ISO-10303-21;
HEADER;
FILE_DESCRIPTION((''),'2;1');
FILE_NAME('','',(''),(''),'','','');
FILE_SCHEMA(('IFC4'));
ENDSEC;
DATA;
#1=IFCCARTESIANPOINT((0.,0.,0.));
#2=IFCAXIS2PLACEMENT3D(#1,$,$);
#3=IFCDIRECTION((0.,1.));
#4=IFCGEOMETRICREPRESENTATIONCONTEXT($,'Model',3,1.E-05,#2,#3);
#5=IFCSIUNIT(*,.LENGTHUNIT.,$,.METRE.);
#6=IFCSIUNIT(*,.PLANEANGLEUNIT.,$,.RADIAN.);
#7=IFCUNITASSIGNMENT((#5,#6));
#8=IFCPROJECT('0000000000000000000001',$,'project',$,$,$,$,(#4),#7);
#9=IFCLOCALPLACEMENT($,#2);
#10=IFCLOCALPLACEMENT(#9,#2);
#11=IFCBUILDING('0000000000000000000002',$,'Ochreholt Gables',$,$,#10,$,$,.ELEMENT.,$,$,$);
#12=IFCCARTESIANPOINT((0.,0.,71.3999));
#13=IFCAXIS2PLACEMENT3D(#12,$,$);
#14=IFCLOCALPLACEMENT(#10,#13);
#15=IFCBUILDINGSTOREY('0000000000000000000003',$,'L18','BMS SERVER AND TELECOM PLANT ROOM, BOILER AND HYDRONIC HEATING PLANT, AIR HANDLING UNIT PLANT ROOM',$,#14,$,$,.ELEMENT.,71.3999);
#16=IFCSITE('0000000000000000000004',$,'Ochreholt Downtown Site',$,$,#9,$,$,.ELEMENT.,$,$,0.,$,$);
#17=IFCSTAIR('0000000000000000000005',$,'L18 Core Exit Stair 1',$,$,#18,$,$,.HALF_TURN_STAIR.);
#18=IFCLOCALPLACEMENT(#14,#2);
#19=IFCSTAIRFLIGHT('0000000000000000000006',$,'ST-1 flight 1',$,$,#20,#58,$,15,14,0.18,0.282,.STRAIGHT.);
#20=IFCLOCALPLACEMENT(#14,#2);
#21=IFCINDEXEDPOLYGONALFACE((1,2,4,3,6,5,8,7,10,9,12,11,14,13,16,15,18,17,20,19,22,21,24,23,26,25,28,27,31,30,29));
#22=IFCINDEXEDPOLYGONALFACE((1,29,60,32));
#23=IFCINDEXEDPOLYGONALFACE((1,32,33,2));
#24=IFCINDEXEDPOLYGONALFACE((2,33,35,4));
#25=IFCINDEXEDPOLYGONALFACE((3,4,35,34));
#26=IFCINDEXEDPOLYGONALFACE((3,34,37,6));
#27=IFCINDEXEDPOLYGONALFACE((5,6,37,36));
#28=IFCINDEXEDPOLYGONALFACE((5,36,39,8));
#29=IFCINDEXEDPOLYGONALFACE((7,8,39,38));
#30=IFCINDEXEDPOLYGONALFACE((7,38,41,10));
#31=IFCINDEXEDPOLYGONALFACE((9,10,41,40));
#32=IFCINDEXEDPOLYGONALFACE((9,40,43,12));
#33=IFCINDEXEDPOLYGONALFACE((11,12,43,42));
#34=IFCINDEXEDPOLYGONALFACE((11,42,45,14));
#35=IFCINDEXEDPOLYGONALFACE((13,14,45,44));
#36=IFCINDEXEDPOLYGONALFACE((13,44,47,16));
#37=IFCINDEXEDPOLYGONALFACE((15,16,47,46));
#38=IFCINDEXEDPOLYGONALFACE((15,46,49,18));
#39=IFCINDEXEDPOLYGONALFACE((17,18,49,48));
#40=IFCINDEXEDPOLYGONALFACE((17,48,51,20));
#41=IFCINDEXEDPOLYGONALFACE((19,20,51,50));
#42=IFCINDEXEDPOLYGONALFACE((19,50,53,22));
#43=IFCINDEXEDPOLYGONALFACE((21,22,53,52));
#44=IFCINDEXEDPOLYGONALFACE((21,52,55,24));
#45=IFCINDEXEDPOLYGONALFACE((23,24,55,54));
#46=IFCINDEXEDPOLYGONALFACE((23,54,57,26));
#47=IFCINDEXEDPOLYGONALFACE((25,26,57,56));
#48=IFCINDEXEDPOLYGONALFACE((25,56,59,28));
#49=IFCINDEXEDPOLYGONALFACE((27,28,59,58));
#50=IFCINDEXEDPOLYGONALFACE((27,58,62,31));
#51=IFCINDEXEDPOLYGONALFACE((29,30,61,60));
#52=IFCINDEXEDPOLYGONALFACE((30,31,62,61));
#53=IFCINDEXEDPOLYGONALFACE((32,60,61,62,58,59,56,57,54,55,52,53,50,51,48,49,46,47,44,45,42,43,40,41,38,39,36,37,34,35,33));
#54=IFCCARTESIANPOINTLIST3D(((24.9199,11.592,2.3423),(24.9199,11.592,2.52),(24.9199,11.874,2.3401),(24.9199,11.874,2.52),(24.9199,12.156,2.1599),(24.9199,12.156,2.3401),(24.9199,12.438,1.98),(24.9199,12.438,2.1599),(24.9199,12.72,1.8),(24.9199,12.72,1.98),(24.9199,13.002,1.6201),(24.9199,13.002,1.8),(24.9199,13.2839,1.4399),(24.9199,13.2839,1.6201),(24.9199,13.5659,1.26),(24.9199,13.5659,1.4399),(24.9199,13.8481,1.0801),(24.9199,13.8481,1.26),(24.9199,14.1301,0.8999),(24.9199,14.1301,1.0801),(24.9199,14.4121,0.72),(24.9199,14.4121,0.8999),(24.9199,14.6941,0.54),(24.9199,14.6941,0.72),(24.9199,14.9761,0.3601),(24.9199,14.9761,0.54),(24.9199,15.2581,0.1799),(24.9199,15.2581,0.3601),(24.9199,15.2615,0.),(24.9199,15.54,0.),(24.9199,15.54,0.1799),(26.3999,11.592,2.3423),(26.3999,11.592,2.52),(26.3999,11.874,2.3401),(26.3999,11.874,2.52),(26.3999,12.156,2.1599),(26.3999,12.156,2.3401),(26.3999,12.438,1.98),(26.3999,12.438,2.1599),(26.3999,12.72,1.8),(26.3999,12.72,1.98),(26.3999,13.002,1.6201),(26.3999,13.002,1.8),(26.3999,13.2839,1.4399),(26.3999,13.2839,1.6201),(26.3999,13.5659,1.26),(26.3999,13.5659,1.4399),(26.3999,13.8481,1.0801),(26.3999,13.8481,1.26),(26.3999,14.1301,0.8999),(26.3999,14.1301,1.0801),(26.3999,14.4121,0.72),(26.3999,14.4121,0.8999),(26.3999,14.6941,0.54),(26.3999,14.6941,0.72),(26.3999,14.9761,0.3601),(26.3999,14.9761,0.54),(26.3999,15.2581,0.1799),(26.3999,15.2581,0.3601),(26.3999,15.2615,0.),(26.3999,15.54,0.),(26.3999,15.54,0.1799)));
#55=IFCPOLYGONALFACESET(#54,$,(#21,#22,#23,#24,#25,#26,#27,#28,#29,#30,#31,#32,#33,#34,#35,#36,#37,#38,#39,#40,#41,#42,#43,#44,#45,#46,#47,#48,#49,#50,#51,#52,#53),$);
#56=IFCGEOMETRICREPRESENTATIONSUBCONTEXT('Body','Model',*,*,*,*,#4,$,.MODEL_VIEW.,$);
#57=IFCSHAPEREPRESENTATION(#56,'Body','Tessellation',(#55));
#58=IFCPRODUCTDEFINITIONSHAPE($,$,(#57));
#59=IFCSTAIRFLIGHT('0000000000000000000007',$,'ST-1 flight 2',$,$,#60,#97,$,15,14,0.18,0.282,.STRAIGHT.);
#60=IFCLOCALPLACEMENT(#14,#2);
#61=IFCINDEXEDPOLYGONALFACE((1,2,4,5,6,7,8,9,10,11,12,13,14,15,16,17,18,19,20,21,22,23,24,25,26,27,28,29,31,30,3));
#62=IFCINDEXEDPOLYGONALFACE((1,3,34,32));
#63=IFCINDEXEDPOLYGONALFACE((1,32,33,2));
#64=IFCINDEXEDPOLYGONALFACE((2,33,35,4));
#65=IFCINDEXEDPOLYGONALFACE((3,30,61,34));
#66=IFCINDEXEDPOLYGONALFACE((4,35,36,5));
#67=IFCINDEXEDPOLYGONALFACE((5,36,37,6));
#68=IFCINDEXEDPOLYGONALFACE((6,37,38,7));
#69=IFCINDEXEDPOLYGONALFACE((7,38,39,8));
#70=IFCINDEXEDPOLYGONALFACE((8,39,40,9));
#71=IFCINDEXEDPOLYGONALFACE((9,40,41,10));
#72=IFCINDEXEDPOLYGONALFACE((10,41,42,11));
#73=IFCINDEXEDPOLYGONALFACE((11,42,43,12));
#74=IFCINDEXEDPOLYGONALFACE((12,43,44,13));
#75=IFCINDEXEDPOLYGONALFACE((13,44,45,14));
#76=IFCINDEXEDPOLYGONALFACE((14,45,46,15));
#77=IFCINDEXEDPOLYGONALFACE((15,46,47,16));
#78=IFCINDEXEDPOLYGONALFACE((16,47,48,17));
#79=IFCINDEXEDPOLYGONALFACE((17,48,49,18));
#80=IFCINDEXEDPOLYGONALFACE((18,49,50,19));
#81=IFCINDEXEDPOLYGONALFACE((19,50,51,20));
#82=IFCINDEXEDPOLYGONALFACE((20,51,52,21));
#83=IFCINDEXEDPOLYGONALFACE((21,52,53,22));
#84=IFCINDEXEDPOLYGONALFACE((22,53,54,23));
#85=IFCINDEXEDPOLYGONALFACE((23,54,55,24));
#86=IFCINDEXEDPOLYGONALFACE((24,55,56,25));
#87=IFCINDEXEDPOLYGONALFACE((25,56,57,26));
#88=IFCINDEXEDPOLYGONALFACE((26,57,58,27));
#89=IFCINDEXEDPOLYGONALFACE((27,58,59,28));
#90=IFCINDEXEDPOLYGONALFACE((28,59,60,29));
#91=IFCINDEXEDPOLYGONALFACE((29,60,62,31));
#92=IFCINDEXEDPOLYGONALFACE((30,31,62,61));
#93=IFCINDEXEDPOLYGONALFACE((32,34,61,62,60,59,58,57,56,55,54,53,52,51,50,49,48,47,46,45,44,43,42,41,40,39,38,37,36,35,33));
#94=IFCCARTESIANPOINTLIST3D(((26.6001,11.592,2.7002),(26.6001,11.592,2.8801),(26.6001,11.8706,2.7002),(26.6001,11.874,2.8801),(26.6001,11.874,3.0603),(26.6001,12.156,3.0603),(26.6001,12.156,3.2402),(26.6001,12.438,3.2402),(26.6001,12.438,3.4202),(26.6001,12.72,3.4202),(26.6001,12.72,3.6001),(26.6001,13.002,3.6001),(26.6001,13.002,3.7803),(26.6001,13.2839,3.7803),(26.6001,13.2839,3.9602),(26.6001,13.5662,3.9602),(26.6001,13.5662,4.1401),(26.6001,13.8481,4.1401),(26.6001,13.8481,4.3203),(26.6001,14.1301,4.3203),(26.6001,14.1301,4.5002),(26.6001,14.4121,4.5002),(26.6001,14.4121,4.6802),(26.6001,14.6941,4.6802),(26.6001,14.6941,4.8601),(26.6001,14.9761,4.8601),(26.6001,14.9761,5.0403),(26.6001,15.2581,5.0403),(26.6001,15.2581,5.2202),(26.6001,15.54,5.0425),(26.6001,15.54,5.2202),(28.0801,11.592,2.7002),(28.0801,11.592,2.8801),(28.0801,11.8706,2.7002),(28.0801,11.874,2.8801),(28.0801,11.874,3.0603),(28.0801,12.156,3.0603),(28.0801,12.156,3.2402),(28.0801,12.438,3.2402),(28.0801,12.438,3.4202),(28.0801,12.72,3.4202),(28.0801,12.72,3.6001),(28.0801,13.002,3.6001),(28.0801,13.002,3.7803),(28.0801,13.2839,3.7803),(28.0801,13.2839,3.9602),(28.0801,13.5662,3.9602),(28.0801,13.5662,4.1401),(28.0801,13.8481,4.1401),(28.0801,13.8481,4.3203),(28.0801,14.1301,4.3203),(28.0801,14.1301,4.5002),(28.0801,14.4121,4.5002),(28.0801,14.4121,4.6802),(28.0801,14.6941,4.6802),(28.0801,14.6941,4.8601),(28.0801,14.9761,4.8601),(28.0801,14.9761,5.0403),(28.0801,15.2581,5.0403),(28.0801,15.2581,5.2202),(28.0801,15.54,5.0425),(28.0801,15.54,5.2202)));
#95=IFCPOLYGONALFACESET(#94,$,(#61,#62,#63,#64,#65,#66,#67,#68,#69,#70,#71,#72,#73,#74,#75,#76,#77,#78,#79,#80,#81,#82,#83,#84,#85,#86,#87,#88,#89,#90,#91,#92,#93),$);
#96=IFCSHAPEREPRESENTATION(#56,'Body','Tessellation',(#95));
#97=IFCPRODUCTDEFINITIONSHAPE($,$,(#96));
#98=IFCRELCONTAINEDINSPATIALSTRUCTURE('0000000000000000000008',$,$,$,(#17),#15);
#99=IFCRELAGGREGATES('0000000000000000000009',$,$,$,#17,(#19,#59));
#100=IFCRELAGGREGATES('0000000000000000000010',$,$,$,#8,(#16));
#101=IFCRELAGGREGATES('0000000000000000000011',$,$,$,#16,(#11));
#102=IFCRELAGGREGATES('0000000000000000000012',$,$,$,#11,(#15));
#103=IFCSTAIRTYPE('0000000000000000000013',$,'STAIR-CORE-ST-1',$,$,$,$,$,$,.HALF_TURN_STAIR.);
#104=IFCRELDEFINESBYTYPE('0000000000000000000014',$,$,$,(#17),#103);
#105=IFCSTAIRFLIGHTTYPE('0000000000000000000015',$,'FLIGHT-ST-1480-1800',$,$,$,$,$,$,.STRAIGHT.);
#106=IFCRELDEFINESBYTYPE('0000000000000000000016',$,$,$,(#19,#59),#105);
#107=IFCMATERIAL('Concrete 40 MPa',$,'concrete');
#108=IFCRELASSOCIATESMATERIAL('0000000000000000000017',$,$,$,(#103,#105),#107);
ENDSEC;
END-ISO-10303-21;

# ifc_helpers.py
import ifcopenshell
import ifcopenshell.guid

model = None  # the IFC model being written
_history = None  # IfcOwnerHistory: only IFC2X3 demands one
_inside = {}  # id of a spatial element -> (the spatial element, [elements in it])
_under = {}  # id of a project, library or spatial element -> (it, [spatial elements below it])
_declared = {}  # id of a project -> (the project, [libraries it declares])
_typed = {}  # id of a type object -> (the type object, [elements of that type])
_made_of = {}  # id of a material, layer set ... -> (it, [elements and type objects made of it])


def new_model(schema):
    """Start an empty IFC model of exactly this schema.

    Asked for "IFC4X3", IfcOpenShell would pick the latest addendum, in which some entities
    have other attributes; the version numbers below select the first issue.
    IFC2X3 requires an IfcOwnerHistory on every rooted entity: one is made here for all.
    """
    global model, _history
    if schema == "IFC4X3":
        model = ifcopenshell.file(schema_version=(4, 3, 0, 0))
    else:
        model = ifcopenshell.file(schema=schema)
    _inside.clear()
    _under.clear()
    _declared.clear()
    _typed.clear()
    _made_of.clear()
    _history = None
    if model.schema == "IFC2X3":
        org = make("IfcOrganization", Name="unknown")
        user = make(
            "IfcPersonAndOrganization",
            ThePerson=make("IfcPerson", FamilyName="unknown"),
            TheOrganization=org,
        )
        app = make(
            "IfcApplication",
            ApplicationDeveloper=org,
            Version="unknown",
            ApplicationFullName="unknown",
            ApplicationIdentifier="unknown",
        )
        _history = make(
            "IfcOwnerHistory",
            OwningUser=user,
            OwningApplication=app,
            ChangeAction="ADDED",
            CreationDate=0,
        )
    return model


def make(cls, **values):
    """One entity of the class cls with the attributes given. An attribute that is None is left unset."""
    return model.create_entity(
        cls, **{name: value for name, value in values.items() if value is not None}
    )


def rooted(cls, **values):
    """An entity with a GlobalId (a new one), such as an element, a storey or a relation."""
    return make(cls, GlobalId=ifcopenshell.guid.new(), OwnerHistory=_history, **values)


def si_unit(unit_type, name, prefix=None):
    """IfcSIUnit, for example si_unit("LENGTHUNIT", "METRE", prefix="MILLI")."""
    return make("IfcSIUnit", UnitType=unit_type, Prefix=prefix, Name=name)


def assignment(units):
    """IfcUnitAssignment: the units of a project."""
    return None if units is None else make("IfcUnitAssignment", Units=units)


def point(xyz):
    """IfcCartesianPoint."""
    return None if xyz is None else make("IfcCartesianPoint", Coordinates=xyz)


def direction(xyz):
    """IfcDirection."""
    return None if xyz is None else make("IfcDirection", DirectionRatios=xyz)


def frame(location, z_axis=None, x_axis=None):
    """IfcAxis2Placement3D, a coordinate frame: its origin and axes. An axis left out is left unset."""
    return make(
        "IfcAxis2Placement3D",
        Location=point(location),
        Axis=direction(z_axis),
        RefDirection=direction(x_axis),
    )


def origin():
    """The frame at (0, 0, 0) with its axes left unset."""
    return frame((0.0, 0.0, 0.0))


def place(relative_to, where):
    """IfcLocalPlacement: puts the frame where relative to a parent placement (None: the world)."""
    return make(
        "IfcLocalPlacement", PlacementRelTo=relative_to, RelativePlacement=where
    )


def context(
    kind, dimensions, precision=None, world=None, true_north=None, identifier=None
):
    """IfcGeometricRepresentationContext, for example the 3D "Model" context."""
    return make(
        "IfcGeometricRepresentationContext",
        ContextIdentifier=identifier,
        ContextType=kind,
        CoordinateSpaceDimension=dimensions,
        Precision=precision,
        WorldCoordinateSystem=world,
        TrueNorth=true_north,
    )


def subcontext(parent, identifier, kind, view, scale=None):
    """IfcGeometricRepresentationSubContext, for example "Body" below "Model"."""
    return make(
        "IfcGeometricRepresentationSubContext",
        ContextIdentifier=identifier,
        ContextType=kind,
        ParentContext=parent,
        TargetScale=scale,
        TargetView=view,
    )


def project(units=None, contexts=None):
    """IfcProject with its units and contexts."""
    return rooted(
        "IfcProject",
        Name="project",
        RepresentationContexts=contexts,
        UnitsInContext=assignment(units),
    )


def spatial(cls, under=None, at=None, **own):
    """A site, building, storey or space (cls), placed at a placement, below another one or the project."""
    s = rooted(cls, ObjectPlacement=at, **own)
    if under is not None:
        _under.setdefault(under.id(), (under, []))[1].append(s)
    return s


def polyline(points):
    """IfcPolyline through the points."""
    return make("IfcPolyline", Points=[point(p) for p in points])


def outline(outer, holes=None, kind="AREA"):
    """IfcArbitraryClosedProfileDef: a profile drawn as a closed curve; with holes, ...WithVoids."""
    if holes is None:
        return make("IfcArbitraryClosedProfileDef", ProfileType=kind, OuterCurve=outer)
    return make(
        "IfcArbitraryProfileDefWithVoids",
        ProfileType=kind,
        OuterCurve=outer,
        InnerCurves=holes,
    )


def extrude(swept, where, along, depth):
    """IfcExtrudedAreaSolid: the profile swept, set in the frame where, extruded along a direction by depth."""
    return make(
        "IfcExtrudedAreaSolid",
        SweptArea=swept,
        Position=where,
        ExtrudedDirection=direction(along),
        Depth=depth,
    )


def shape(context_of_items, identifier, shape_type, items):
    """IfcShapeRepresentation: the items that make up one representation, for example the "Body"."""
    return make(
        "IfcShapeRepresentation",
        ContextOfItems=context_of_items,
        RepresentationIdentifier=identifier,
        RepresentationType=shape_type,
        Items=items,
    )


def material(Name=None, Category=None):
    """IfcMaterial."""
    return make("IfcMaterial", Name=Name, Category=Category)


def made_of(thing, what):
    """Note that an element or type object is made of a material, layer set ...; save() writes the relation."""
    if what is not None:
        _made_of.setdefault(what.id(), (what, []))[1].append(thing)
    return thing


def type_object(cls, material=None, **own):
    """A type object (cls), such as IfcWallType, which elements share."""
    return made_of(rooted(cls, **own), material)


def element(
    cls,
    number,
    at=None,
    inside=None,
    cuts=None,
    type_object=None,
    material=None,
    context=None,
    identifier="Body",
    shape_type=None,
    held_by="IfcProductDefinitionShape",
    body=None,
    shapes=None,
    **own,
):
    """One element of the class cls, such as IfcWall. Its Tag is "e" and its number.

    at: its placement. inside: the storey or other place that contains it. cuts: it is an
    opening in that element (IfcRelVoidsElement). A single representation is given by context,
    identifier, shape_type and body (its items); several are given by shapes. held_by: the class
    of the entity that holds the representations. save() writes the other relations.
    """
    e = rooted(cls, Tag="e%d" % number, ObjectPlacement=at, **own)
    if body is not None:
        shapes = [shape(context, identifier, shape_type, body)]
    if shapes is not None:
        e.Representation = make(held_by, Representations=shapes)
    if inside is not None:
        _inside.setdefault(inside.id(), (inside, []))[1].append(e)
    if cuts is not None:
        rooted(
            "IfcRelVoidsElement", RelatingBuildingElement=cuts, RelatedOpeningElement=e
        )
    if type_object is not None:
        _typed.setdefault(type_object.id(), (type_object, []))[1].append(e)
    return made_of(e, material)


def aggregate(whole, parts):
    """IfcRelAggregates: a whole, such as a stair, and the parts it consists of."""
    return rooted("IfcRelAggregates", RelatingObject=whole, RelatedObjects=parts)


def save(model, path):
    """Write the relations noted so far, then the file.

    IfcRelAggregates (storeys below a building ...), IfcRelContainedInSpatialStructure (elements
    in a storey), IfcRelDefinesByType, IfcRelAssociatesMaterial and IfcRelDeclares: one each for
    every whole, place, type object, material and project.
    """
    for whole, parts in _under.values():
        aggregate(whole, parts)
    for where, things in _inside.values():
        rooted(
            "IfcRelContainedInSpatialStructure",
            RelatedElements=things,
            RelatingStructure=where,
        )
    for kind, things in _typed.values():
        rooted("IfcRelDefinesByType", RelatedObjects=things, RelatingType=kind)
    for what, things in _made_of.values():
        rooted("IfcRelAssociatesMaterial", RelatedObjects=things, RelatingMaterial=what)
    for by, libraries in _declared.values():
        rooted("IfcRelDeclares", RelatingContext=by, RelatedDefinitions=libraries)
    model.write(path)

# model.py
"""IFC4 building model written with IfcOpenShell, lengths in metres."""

from ifc_helpers import new_model, si_unit, direction, frame, origin, place, context, subcontext, project, spatial, polyline, outline, extrude, material, type_object, element, aggregate, save


model = new_model("IFC4")

# Units and contexts
model_context = context("Model", 3, precision=1e-05, world=origin(), true_north=direction((0.0, 1.0)))
body_context = subcontext(model_context, "Body", "Model", "MODEL_VIEW")
ifc_project = project(units=[si_unit("LENGTHUNIT", "METRE"), si_unit("PLANEANGLEUNIT", "RADIAN")], contexts=[model_context])

# Site, building, storey
site_placement = place(None, origin())
site = spatial("IfcSite", under=ifc_project, at=site_placement, Name="Ochreholt Downtown Site", CompositionType="ELEMENT", RefElevation=0.0)
building_placement = place(site_placement, origin())
building = spatial("IfcBuilding", under=site, at=building_placement, Name="Ochreholt Gables", CompositionType="ELEMENT")
storey_placement = place(building_placement, frame((0.0, 0.0, 71.3999)))
storey = spatial("IfcBuildingStorey", under=building, at=storey_placement, Name="L18", Description="BMS SERVER AND TELECOM PLANT ROOM, BOILER AND HYDRONIC HEATING PLANT, AIR HANDLING UNIT PLANT ROOM", CompositionType="ELEMENT", Elevation=71.3999)

# Shared definitions
ifc_material_1 = material(Name="Concrete 40 MPa", Category="concrete")

# Stair, stair flights
stair_type = type_object("IfcStairType", Name="STAIR-CORE-ST-1", PredefinedType="HALF_TURN_STAIR", material=ifc_material_1)
stair_placement = place(storey_placement, origin())
stair = element("IfcStair", 1, at=stair_placement, inside=storey, type_object=stair_type, Name="L18 Core Exit Stair 1", PredefinedType="HALF_TURN_STAIR")
stair_flight_type = type_object("IfcStairFlightType", Name="FLIGHT-ST-1480-1800", PredefinedType="STRAIGHT", material=ifc_material_1)
stair_flight_1_placement = place(storey_placement, frame((25.6599, 15.54, 0.0), z_axis=(0.0, 0.0, 1.0), x_axis=(0.0, -1.0, 0.0)))
stair_flight_1 = element("IfcStairFlight", 2, at=stair_flight_1_placement, type_object=stair_flight_type, Name="ST-1 flight 1", NumberOfRisers=15, NumberOfTreads=14, PredefinedType="STRAIGHT", RiserHeight=0.18, TreadLength=0.282, context=body_context, shape_type="SweptSolid", body=[
    extrude(outline(polyline([(0.0, 0.0), (0.0, 0.1799), (0.282, 0.1799), (0.282, 0.3601), (0.564, 0.3601), (0.564, 0.54), (0.8459, 0.54), (0.8459, 0.72), (1.1279, 0.72), (1.1279, 0.8999), (1.4099, 0.8999), (1.4099, 1.0801), (1.6919, 1.0801), (1.6919, 1.26), (1.9741, 1.26), (1.9741, 1.4399), (2.2561, 1.4399), (2.2561, 1.6201), (2.5381, 1.6201), (2.5381, 1.8), (2.8201, 1.8), (2.8201, 1.98), (3.1021, 1.98), (3.1021, 2.1599), (3.384, 2.1599), (3.384, 2.3401), (3.666, 2.3401), (3.666, 2.52), (3.948, 2.52), (3.948, 2.7), (3.948, 2.3423), (0.2786, 0.0), (0.0, 0.0)])), frame((0.0, 0.74, 0.0), z_axis=(0.0, -1.0, 0.0), x_axis=(1.0, 0.0, 0.0)), (0.0, 0.0, 1.0), 1.48),
])
stair_flight_2_placement = place(storey_placement, frame((27.3401, 11.592, 2.7002), z_axis=(0.0, 0.0, 1.0), x_axis=(0.0, 1.0, 0.0)))
stair_flight_2 = element("IfcStairFlight", 3, at=stair_flight_2_placement, type_object=stair_flight_type, Name="ST-1 flight 2", NumberOfRisers=15, NumberOfTreads=14, PredefinedType="STRAIGHT", RiserHeight=0.18, TreadLength=0.282, context=body_context, shape_type="SweptSolid", body=[
    extrude(outline(polyline([(0.0, 0.0), (0.0, 0.1799), (0.282, 0.1799), (0.282, 0.3601), (0.564, 0.3601), (0.564, 0.54), (0.8459, 0.54), (0.8459, 0.72), (1.1279, 0.72), (1.1279, 0.8999), (1.4099, 0.8999), (1.4099, 1.0801), (1.6919, 1.0801), (1.6919, 1.26), (1.9741, 1.26), (1.9741, 1.4399), (2.2561, 1.4399), (2.2561, 1.6201), (2.5381, 1.6201), (2.5381, 1.8), (2.8201, 1.8), (2.8201, 1.98), (3.1021, 1.98), (3.1021, 2.1599), (3.384, 2.1599), (3.384, 2.3401), (3.666, 2.3401), (3.666, 2.52), (3.948, 2.52), (3.948, 2.7), (3.948, 2.3423), (0.2786, 0.0), (0.0, 0.0)])), frame((0.0, 0.74, 0.0), z_axis=(0.0, -1.0, 0.0), x_axis=(1.0, 0.0, 0.0)), (0.0, 0.0, 1.0), 1.48),
])
aggregate(stair, [stair_flight_1, stair_flight_2])

save(model, "model.ifc")
